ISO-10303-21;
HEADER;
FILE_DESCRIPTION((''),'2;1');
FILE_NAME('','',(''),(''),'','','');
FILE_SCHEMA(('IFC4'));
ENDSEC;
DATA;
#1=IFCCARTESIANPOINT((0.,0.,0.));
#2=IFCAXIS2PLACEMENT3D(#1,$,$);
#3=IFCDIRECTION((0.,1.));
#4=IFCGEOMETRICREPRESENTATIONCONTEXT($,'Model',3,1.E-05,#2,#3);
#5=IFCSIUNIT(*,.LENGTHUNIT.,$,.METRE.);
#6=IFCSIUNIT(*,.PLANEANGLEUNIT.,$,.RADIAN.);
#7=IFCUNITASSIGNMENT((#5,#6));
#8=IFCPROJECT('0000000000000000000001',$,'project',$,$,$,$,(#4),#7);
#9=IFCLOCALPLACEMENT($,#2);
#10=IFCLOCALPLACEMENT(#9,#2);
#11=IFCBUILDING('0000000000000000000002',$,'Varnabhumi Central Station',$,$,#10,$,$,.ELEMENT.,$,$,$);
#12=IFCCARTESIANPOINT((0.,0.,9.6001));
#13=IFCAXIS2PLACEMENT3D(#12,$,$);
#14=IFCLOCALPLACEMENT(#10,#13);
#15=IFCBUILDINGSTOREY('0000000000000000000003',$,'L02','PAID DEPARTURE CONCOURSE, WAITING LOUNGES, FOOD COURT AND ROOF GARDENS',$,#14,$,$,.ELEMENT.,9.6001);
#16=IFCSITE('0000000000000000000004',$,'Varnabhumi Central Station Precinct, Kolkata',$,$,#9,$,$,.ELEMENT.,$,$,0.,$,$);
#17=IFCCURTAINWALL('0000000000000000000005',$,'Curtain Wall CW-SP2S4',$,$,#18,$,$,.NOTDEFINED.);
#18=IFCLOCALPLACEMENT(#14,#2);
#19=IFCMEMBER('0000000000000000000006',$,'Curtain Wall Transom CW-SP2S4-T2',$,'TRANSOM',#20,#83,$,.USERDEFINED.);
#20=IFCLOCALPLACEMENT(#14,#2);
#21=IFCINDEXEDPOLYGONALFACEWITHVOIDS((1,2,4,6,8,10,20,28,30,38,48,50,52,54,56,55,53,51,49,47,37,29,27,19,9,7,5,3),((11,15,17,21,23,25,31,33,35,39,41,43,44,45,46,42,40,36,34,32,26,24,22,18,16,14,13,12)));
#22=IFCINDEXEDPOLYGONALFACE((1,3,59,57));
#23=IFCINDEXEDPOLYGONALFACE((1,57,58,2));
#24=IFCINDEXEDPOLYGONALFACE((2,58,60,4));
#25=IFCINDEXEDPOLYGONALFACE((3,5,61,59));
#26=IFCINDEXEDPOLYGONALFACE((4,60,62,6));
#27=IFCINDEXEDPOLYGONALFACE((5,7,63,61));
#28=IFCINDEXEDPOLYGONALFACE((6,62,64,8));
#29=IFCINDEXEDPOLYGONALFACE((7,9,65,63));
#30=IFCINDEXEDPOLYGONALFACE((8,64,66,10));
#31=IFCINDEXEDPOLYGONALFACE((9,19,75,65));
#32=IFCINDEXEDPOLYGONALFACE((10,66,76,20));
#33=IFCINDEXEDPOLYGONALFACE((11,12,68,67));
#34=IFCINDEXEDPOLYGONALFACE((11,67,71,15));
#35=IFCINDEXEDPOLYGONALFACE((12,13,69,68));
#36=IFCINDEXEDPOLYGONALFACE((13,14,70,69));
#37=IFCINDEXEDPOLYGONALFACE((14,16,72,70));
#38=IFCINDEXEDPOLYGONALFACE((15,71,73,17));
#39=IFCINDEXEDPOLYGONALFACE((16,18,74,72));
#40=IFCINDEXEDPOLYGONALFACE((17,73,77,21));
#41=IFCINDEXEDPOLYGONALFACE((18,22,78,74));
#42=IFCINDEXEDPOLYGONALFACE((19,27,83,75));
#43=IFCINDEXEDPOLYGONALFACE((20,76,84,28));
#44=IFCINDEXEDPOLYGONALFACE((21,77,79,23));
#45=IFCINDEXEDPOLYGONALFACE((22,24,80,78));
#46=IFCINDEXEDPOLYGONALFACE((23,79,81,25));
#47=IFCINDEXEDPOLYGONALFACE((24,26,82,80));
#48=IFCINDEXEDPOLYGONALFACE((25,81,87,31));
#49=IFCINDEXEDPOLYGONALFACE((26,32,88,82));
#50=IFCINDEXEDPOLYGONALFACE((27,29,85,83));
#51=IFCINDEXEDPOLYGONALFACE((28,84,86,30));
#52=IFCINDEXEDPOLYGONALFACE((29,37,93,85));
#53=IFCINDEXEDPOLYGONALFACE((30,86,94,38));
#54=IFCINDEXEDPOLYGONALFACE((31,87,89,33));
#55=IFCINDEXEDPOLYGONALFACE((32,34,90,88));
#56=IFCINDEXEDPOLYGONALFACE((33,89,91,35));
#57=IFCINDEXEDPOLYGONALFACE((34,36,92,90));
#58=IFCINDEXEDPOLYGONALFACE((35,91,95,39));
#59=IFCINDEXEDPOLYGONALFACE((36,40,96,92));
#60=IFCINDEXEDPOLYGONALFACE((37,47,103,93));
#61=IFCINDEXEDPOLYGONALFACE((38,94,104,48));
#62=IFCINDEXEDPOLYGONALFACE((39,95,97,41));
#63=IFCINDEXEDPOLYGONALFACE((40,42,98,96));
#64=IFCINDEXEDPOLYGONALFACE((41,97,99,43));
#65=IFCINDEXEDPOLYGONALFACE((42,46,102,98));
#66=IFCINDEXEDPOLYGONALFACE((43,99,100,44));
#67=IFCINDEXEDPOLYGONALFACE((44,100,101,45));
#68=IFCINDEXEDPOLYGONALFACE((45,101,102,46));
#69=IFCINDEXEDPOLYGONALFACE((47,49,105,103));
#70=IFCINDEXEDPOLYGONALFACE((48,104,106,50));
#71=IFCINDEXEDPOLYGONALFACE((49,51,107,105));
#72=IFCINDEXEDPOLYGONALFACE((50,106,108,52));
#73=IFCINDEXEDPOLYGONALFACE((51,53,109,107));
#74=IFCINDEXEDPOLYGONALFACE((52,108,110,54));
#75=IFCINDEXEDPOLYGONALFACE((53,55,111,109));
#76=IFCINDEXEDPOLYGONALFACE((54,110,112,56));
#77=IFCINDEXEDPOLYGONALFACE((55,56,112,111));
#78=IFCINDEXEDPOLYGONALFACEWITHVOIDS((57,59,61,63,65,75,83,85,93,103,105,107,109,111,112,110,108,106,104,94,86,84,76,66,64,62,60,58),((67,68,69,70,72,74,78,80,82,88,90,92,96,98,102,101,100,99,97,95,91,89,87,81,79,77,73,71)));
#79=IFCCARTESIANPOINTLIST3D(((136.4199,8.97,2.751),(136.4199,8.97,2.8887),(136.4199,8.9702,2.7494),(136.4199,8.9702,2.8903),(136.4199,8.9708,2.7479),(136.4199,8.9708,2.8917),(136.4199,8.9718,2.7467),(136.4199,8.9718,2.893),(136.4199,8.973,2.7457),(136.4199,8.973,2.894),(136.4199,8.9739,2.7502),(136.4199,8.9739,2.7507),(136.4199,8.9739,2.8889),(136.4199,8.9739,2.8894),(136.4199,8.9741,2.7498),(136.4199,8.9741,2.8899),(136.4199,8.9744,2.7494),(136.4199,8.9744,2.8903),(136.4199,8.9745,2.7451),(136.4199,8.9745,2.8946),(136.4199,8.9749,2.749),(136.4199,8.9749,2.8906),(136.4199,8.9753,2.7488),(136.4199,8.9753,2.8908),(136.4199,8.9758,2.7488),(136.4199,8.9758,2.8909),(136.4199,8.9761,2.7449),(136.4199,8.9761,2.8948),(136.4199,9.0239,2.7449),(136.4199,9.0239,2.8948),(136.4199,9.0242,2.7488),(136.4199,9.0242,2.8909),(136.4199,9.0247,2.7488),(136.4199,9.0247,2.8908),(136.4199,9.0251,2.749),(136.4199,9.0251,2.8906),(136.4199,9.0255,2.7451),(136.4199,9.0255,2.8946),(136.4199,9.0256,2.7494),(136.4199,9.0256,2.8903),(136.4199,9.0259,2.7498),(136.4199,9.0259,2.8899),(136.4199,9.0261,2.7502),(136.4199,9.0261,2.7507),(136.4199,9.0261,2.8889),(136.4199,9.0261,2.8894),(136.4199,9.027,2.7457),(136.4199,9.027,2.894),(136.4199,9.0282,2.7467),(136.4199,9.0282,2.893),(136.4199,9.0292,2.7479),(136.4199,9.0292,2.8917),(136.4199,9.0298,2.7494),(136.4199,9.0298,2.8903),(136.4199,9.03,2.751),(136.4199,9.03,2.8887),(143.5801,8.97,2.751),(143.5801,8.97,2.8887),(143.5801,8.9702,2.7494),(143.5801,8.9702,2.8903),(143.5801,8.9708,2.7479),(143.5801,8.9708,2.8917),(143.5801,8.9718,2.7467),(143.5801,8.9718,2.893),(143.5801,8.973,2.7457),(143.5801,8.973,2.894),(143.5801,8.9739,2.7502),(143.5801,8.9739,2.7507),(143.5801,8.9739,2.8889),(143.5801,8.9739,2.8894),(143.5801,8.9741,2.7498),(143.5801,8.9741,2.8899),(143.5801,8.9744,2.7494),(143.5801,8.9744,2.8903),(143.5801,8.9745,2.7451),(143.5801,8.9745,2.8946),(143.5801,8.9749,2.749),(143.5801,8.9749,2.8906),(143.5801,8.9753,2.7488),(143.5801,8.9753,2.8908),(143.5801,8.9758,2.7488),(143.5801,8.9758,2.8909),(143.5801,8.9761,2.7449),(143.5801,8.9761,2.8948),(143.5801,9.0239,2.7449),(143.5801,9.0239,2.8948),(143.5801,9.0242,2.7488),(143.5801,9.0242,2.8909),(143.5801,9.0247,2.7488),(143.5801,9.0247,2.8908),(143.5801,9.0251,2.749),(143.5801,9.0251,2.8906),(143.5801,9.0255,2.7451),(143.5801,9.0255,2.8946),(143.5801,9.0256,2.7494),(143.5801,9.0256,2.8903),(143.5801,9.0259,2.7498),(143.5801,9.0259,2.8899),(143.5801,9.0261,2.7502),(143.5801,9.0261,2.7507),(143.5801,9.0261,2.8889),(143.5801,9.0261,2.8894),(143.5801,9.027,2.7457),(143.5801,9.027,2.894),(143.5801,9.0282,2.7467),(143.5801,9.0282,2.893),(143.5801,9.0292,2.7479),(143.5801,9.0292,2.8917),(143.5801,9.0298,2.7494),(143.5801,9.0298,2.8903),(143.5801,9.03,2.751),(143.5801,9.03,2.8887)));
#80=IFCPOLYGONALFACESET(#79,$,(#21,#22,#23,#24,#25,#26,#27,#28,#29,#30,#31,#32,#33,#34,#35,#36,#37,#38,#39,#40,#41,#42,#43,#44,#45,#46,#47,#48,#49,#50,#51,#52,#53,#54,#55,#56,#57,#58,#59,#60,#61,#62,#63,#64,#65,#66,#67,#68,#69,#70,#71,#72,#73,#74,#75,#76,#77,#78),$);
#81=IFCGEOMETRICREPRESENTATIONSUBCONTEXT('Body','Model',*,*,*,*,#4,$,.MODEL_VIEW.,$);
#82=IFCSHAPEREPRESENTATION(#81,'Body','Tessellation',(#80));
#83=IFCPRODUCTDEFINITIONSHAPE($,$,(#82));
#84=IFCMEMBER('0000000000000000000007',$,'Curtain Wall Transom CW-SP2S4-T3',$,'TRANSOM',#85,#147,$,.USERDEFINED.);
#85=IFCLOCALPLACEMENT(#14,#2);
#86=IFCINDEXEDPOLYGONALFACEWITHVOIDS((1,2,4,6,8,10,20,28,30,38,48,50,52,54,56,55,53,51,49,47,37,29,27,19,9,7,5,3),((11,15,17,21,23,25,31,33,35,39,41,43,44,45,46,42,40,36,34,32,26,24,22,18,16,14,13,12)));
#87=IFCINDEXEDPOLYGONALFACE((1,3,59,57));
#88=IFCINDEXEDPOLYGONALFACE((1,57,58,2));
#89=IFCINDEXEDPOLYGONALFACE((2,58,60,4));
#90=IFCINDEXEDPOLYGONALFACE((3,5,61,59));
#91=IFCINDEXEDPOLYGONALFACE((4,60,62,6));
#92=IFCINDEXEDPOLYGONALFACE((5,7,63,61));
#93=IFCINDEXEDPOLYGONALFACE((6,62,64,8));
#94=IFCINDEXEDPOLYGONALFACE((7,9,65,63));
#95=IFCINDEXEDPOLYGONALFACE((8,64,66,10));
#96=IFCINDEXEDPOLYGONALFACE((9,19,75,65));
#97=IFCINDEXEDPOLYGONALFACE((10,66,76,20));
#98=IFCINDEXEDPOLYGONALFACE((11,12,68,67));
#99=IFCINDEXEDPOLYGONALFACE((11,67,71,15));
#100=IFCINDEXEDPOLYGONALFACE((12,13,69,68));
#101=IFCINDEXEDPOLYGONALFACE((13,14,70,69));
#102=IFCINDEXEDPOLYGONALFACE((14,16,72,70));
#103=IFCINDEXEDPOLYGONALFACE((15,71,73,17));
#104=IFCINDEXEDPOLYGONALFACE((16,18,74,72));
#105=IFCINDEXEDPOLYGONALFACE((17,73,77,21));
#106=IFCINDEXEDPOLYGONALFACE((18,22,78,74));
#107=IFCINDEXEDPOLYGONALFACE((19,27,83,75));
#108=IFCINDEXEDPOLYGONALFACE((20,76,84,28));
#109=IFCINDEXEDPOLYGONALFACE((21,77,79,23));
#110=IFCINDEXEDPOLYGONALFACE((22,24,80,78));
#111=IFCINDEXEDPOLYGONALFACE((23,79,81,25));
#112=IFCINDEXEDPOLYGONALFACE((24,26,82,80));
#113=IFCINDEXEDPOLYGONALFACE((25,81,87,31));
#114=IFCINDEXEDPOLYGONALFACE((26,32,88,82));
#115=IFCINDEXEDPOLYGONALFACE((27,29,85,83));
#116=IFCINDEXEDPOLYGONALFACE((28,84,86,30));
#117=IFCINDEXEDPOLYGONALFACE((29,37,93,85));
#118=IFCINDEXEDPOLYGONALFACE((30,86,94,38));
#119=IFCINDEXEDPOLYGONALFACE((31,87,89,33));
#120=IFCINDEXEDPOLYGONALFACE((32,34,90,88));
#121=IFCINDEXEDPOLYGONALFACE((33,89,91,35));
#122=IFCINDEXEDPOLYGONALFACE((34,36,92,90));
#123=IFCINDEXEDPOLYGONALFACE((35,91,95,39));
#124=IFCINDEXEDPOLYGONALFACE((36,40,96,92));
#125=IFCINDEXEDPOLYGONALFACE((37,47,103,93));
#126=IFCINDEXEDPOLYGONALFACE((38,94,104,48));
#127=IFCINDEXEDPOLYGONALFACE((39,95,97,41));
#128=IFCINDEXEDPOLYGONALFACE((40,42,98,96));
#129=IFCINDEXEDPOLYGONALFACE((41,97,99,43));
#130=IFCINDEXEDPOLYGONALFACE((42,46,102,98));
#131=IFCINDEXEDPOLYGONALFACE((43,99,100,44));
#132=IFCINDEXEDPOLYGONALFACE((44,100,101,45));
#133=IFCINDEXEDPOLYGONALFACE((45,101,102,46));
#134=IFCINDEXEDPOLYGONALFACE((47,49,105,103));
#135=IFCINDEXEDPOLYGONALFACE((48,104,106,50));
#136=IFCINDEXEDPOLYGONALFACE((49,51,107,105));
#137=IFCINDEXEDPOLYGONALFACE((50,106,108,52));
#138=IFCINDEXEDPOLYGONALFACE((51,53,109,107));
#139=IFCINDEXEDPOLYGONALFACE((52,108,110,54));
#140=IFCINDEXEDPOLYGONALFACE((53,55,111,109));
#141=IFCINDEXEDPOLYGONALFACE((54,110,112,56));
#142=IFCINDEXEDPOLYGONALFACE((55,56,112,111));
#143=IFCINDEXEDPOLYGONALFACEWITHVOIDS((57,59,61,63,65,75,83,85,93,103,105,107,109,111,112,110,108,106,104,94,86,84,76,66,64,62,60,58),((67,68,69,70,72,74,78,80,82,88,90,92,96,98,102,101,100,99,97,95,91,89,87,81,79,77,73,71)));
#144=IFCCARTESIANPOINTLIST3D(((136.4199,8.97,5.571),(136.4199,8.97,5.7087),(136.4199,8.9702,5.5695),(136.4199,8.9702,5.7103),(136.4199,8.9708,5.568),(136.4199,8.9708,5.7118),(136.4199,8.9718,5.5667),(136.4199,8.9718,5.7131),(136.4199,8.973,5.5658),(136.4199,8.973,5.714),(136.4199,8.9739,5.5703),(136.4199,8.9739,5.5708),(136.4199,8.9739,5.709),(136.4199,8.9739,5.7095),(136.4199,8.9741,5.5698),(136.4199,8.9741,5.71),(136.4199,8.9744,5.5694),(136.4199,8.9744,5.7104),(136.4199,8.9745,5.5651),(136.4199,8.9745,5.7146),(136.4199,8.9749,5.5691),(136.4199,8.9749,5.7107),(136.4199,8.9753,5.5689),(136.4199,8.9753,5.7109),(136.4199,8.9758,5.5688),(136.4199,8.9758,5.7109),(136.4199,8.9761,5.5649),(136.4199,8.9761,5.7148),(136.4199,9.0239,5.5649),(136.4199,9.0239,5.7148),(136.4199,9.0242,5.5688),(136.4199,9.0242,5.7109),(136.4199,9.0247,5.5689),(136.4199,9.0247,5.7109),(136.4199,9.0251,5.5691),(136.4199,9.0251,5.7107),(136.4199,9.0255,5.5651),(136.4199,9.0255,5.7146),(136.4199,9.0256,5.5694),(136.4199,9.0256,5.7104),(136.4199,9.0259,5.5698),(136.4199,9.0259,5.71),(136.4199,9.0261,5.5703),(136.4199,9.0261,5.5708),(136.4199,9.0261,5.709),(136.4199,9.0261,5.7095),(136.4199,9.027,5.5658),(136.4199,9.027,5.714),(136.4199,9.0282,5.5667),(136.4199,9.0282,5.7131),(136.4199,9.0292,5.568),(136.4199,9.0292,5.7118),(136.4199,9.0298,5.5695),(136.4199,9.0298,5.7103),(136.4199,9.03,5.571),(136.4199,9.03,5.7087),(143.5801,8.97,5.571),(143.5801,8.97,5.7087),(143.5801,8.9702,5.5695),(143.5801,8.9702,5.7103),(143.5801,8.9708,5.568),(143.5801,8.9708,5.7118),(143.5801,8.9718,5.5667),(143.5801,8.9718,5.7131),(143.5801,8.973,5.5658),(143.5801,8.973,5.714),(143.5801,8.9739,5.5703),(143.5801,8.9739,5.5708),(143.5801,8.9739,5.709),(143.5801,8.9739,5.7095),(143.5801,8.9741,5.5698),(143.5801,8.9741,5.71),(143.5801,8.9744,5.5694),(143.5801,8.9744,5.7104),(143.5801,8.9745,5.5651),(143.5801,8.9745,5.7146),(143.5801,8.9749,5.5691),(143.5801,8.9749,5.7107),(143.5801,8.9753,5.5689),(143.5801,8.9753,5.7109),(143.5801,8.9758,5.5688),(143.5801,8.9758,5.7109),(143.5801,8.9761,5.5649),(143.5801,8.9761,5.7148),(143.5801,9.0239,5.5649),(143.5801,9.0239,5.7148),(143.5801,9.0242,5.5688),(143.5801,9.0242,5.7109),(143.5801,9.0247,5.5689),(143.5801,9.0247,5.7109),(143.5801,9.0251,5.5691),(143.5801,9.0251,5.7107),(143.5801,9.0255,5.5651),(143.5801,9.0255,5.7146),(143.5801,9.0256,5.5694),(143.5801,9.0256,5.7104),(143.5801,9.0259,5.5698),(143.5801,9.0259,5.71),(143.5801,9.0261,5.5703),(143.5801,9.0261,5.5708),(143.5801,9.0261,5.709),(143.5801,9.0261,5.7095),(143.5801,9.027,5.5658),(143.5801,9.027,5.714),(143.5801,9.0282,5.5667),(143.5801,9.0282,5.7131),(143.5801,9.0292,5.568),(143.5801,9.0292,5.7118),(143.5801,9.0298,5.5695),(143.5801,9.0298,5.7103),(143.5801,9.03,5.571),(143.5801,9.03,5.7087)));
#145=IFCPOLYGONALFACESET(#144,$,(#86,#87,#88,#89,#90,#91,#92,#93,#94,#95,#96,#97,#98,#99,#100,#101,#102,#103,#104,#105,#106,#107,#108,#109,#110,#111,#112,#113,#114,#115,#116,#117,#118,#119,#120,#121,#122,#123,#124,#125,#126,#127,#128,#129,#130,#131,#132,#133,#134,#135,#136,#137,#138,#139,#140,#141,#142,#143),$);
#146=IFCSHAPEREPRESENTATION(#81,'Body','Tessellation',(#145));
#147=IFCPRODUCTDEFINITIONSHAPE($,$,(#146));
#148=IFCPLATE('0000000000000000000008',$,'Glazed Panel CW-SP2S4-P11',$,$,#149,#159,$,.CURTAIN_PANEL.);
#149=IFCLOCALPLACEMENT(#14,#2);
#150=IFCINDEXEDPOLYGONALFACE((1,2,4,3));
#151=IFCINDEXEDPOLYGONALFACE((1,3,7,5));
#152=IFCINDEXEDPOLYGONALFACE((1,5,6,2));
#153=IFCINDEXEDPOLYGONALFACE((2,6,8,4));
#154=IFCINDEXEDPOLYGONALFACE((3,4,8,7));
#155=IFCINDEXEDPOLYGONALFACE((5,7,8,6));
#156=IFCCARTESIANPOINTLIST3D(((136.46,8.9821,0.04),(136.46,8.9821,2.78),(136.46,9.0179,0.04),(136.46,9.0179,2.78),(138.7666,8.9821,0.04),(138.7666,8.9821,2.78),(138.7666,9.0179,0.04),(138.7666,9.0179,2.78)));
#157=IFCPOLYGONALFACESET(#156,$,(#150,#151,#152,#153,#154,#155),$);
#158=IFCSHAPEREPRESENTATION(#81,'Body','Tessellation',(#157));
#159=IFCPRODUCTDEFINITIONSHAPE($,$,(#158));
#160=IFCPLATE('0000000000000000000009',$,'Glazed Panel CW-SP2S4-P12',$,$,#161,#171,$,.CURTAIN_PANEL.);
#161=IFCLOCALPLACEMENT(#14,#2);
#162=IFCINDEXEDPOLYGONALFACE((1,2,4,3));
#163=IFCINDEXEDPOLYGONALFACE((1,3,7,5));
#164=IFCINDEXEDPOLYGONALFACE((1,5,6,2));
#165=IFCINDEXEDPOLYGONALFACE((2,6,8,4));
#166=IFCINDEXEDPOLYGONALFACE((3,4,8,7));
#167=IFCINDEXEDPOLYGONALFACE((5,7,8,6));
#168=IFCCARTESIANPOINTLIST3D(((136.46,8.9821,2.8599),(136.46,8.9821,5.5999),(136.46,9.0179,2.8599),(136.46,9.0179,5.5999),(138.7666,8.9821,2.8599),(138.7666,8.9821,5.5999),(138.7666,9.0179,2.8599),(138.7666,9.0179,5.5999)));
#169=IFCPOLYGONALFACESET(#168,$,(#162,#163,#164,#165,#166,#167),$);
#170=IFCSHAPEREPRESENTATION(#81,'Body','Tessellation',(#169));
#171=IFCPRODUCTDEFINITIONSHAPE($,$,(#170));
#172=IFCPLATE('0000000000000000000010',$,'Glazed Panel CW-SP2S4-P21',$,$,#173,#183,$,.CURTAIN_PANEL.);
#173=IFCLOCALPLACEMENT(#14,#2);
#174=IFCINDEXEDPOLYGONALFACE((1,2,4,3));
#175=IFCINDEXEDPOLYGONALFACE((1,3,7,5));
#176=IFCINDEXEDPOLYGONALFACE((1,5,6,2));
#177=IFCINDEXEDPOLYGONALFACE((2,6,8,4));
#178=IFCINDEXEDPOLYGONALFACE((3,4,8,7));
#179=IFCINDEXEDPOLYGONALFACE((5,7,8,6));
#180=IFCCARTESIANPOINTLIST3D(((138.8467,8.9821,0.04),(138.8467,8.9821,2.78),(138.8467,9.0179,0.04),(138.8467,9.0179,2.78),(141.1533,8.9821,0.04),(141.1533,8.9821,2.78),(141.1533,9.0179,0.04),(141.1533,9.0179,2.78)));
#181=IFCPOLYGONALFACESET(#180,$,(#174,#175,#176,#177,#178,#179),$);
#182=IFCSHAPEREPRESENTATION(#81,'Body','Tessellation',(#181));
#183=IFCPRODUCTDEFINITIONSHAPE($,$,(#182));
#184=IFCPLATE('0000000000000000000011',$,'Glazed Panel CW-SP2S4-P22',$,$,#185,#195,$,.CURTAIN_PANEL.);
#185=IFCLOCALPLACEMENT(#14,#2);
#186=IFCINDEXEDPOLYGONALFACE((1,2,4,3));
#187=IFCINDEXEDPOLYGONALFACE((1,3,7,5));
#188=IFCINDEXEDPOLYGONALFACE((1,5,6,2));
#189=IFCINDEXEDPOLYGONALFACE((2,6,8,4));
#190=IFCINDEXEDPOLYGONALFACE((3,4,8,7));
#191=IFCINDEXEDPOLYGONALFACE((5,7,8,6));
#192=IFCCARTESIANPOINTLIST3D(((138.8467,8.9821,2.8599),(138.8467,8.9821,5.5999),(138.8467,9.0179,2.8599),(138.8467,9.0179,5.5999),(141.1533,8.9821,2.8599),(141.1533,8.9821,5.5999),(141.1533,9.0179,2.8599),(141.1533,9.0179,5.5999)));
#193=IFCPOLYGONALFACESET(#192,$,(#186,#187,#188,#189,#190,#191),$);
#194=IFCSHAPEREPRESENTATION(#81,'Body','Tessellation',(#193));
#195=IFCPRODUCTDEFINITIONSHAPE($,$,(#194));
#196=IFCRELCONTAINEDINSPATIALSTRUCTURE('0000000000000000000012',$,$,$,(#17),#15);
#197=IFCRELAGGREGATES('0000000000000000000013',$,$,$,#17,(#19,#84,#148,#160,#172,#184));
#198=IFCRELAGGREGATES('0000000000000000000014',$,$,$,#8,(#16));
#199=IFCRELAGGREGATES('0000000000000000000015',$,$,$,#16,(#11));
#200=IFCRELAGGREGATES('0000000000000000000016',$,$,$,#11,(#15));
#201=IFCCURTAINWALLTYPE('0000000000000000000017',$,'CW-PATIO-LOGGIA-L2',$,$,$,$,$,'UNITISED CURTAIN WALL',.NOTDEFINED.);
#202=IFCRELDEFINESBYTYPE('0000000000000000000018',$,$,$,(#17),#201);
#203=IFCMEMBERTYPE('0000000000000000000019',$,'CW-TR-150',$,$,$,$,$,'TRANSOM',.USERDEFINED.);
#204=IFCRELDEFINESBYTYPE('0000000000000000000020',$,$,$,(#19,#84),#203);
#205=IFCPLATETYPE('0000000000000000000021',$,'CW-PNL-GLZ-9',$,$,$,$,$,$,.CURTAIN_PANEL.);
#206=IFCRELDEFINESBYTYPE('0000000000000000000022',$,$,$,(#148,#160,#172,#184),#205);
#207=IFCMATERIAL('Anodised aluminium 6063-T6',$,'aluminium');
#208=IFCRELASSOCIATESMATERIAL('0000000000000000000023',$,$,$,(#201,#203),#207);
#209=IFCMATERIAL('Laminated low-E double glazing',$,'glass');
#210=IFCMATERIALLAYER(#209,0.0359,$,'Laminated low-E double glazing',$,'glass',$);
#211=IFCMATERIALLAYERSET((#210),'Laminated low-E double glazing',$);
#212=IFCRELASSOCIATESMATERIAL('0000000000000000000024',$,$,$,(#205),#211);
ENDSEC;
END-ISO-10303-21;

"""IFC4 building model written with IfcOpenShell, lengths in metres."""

from ifc_helpers import new_model, si_unit, direction, frame, origin, origin_2d, place, context, subcontext, project, spatial, rectangle, hollow_rectangle, extrude, material, layer, layer_set, material_profile, profile_set, type_object, element, aggregate, save


model = new_model("IFC4")

# Units and contexts
model_context = context("Model", 3, precision=1e-05, world=origin(), true_north=direction((0.0, 1.0)))
body_context = subcontext(model_context, "Body", "Model", "MODEL_VIEW")
ifc_project = project(units=[si_unit("LENGTHUNIT", "METRE"), si_unit("PLANEANGLEUNIT", "RADIAN")], contexts=[model_context])

# Site, building, storey
site_placement = place(None, origin())
site = spatial("IfcSite", under=ifc_project, at=site_placement, Name="Varnabhumi Central Station Precinct, Kolkata", CompositionType="ELEMENT", RefElevation=0.0)
building_placement = place(site_placement, origin())
building = spatial("IfcBuilding", under=site, at=building_placement, Name="Varnabhumi Central Station", CompositionType="ELEMENT")
storey_placement = place(building_placement, frame((0.0, 0.0, 9.6001)))
storey = spatial("IfcBuildingStorey", under=building, at=storey_placement, Name="L02", Description="PAID DEPARTURE CONCOURSE, WAITING LOUNGES, FOOD COURT AND ROOF GARDENS", CompositionType="ELEMENT", Elevation=9.6001)

# Shared definitions
ifc_material_1 = material(Name="Anodised aluminium 6063-T6", Category="aluminium")
curtain_wall_type = type_object("IfcCurtainWallType", Name="CW-PATIO-LOGGIA-L2", ElementType="UNITISED CURTAIN WALL", PredefinedType="NOTDEFINED", material=ifc_material_1)

# Curtain wall
curtain_wall_1_placement = place(storey_placement, origin())
curtain_wall_1 = element("IfcCurtainWall", 1, at=curtain_wall_1_placement, inside=storey, type_object=curtain_wall_type, Name="Curtain Wall CW-SP2S4", PredefinedType="NOTDEFINED")

# Members
ifc_material_profile_1 = material_profile(ifc_material_1, hollow_rectangle(XDim=0.0601, YDim=0.1499, WallThickness=0.0039, InnerFilletRadius=0.002, OuterFilletRadius=0.0061, at=origin_2d()), Name="Anodised aluminium 6063-T6", Category="aluminium")
ifc_profile_set_1 = profile_set([ifc_material_profile_1], Name="Anodised aluminium 6063-T6")
member_type_1 = type_object("IfcMemberType", Name="CW-TR-150", ElementType="TRANSOM", PredefinedType="USERDEFINED", material=ifc_profile_set_1)
member_1_placement = place(storey_placement, frame((136.4199, 9.0, 2.8198), z_axis=(1.0, 0.0, 0.0), x_axis=(0.0, 1.0, 0.0)))
member_1 = element("IfcMember", 2, at=member_1_placement, type_object=member_type_1, Name="Curtain Wall Transom CW-SP2S4-T2", ObjectType="TRANSOM", PredefinedType="USERDEFINED", context=body_context, shape_type="SweptSolid", body=[
    extrude(hollow_rectangle(XDim=0.0601, YDim=0.1499, WallThickness=0.0039, InnerFilletRadius=0.002, OuterFilletRadius=0.0061, at=origin_2d()), origin(), (0.0, 0.0, 1.0), 7.1602),
])
member_2_placement = place(storey_placement, frame((136.4199, 9.0, 5.6399), z_axis=(1.0, 0.0, 0.0), x_axis=(0.0, 1.0, 0.0)))
member_2 = element("IfcMember", 3, at=member_2_placement, type_object=member_type_1, Name="Curtain Wall Transom CW-SP2S4-T3", ObjectType="TRANSOM", PredefinedType="USERDEFINED", context=body_context, shape_type="SweptSolid", body=[
    extrude(hollow_rectangle(XDim=0.0601, YDim=0.1499, WallThickness=0.0039, InnerFilletRadius=0.002, OuterFilletRadius=0.0061, at=origin_2d()), origin(), (0.0, 0.0, 1.0), 7.1602),
])

# Plates
ifc_material_2 = material(Name="Laminated low-E double glazing", Category="glass")
ifc_layer_1 = layer(ifc_material_2, 0.0359, Name="Laminated low-E double glazing", Category="glass")
ifc_layer_set_1 = layer_set([ifc_layer_1], Name="Laminated low-E double glazing")
plate_type = type_object("IfcPlateType", Name="CW-PNL-GLZ-9", PredefinedType="CURTAIN_PANEL", material=ifc_layer_set_1)
plate_1_placement = place(storey_placement, frame((137.6133, 9.0, 0.04), z_axis=(0.0, 0.0, 1.0), x_axis=(1.0, 0.0, 0.0)))
plate_1 = element("IfcPlate", 4, at=plate_1_placement, type_object=plate_type, Name="Glazed Panel CW-SP2S4-P11", PredefinedType="CURTAIN_PANEL", context=body_context, shape_type="SweptSolid", body=[
    extrude(rectangle(XDim=2.3066, YDim=0.0359, at=origin_2d()), origin(), (0.0, 0.0, 1.0), 2.74),
])
plate_2_placement = place(storey_placement, frame((137.6133, 9.0, 2.8599), z_axis=(0.0, 0.0, 1.0), x_axis=(1.0, 0.0, 0.0)))
plate_2 = element("IfcPlate", 5, at=plate_2_placement, type_object=plate_type, Name="Glazed Panel CW-SP2S4-P12", PredefinedType="CURTAIN_PANEL", context=body_context, shape_type="SweptSolid", body=[
    extrude(rectangle(XDim=2.3066, YDim=0.0359, at=origin_2d()), origin(), (0.0, 0.0, 1.0), 2.74),
])
plate_3_placement = place(storey_placement, frame((140.0, 9.0, 0.04), z_axis=(0.0, 0.0, 1.0), x_axis=(1.0, 0.0, 0.0)))
plate_3 = element("IfcPlate", 6, at=plate_3_placement, type_object=plate_type, Name="Glazed Panel CW-SP2S4-P21", PredefinedType="CURTAIN_PANEL", context=body_context, shape_type="SweptSolid", body=[
    extrude(rectangle(XDim=2.3066, YDim=0.0359, at=origin_2d()), origin(), (0.0, 0.0, 1.0), 2.74),
])
plate_4_placement = place(storey_placement, frame((140.0, 9.0, 2.8599), z_axis=(0.0, 0.0, 1.0), x_axis=(1.0, 0.0, 0.0)))
plate_4 = element("IfcPlate", 7, at=plate_4_placement, type_object=plate_type, Name="Glazed Panel CW-SP2S4-P22", PredefinedType="CURTAIN_PANEL", context=body_context, shape_type="SweptSolid", body=[
    extrude(rectangle(XDim=2.3066, YDim=0.0359, at=origin_2d()), origin(), (0.0, 0.0, 1.0), 2.74),
])
aggregate(curtain_wall_1, [member_1, member_2, plate_1, plate_2, plate_3, plate_4])

save(model, "model.ifc")
